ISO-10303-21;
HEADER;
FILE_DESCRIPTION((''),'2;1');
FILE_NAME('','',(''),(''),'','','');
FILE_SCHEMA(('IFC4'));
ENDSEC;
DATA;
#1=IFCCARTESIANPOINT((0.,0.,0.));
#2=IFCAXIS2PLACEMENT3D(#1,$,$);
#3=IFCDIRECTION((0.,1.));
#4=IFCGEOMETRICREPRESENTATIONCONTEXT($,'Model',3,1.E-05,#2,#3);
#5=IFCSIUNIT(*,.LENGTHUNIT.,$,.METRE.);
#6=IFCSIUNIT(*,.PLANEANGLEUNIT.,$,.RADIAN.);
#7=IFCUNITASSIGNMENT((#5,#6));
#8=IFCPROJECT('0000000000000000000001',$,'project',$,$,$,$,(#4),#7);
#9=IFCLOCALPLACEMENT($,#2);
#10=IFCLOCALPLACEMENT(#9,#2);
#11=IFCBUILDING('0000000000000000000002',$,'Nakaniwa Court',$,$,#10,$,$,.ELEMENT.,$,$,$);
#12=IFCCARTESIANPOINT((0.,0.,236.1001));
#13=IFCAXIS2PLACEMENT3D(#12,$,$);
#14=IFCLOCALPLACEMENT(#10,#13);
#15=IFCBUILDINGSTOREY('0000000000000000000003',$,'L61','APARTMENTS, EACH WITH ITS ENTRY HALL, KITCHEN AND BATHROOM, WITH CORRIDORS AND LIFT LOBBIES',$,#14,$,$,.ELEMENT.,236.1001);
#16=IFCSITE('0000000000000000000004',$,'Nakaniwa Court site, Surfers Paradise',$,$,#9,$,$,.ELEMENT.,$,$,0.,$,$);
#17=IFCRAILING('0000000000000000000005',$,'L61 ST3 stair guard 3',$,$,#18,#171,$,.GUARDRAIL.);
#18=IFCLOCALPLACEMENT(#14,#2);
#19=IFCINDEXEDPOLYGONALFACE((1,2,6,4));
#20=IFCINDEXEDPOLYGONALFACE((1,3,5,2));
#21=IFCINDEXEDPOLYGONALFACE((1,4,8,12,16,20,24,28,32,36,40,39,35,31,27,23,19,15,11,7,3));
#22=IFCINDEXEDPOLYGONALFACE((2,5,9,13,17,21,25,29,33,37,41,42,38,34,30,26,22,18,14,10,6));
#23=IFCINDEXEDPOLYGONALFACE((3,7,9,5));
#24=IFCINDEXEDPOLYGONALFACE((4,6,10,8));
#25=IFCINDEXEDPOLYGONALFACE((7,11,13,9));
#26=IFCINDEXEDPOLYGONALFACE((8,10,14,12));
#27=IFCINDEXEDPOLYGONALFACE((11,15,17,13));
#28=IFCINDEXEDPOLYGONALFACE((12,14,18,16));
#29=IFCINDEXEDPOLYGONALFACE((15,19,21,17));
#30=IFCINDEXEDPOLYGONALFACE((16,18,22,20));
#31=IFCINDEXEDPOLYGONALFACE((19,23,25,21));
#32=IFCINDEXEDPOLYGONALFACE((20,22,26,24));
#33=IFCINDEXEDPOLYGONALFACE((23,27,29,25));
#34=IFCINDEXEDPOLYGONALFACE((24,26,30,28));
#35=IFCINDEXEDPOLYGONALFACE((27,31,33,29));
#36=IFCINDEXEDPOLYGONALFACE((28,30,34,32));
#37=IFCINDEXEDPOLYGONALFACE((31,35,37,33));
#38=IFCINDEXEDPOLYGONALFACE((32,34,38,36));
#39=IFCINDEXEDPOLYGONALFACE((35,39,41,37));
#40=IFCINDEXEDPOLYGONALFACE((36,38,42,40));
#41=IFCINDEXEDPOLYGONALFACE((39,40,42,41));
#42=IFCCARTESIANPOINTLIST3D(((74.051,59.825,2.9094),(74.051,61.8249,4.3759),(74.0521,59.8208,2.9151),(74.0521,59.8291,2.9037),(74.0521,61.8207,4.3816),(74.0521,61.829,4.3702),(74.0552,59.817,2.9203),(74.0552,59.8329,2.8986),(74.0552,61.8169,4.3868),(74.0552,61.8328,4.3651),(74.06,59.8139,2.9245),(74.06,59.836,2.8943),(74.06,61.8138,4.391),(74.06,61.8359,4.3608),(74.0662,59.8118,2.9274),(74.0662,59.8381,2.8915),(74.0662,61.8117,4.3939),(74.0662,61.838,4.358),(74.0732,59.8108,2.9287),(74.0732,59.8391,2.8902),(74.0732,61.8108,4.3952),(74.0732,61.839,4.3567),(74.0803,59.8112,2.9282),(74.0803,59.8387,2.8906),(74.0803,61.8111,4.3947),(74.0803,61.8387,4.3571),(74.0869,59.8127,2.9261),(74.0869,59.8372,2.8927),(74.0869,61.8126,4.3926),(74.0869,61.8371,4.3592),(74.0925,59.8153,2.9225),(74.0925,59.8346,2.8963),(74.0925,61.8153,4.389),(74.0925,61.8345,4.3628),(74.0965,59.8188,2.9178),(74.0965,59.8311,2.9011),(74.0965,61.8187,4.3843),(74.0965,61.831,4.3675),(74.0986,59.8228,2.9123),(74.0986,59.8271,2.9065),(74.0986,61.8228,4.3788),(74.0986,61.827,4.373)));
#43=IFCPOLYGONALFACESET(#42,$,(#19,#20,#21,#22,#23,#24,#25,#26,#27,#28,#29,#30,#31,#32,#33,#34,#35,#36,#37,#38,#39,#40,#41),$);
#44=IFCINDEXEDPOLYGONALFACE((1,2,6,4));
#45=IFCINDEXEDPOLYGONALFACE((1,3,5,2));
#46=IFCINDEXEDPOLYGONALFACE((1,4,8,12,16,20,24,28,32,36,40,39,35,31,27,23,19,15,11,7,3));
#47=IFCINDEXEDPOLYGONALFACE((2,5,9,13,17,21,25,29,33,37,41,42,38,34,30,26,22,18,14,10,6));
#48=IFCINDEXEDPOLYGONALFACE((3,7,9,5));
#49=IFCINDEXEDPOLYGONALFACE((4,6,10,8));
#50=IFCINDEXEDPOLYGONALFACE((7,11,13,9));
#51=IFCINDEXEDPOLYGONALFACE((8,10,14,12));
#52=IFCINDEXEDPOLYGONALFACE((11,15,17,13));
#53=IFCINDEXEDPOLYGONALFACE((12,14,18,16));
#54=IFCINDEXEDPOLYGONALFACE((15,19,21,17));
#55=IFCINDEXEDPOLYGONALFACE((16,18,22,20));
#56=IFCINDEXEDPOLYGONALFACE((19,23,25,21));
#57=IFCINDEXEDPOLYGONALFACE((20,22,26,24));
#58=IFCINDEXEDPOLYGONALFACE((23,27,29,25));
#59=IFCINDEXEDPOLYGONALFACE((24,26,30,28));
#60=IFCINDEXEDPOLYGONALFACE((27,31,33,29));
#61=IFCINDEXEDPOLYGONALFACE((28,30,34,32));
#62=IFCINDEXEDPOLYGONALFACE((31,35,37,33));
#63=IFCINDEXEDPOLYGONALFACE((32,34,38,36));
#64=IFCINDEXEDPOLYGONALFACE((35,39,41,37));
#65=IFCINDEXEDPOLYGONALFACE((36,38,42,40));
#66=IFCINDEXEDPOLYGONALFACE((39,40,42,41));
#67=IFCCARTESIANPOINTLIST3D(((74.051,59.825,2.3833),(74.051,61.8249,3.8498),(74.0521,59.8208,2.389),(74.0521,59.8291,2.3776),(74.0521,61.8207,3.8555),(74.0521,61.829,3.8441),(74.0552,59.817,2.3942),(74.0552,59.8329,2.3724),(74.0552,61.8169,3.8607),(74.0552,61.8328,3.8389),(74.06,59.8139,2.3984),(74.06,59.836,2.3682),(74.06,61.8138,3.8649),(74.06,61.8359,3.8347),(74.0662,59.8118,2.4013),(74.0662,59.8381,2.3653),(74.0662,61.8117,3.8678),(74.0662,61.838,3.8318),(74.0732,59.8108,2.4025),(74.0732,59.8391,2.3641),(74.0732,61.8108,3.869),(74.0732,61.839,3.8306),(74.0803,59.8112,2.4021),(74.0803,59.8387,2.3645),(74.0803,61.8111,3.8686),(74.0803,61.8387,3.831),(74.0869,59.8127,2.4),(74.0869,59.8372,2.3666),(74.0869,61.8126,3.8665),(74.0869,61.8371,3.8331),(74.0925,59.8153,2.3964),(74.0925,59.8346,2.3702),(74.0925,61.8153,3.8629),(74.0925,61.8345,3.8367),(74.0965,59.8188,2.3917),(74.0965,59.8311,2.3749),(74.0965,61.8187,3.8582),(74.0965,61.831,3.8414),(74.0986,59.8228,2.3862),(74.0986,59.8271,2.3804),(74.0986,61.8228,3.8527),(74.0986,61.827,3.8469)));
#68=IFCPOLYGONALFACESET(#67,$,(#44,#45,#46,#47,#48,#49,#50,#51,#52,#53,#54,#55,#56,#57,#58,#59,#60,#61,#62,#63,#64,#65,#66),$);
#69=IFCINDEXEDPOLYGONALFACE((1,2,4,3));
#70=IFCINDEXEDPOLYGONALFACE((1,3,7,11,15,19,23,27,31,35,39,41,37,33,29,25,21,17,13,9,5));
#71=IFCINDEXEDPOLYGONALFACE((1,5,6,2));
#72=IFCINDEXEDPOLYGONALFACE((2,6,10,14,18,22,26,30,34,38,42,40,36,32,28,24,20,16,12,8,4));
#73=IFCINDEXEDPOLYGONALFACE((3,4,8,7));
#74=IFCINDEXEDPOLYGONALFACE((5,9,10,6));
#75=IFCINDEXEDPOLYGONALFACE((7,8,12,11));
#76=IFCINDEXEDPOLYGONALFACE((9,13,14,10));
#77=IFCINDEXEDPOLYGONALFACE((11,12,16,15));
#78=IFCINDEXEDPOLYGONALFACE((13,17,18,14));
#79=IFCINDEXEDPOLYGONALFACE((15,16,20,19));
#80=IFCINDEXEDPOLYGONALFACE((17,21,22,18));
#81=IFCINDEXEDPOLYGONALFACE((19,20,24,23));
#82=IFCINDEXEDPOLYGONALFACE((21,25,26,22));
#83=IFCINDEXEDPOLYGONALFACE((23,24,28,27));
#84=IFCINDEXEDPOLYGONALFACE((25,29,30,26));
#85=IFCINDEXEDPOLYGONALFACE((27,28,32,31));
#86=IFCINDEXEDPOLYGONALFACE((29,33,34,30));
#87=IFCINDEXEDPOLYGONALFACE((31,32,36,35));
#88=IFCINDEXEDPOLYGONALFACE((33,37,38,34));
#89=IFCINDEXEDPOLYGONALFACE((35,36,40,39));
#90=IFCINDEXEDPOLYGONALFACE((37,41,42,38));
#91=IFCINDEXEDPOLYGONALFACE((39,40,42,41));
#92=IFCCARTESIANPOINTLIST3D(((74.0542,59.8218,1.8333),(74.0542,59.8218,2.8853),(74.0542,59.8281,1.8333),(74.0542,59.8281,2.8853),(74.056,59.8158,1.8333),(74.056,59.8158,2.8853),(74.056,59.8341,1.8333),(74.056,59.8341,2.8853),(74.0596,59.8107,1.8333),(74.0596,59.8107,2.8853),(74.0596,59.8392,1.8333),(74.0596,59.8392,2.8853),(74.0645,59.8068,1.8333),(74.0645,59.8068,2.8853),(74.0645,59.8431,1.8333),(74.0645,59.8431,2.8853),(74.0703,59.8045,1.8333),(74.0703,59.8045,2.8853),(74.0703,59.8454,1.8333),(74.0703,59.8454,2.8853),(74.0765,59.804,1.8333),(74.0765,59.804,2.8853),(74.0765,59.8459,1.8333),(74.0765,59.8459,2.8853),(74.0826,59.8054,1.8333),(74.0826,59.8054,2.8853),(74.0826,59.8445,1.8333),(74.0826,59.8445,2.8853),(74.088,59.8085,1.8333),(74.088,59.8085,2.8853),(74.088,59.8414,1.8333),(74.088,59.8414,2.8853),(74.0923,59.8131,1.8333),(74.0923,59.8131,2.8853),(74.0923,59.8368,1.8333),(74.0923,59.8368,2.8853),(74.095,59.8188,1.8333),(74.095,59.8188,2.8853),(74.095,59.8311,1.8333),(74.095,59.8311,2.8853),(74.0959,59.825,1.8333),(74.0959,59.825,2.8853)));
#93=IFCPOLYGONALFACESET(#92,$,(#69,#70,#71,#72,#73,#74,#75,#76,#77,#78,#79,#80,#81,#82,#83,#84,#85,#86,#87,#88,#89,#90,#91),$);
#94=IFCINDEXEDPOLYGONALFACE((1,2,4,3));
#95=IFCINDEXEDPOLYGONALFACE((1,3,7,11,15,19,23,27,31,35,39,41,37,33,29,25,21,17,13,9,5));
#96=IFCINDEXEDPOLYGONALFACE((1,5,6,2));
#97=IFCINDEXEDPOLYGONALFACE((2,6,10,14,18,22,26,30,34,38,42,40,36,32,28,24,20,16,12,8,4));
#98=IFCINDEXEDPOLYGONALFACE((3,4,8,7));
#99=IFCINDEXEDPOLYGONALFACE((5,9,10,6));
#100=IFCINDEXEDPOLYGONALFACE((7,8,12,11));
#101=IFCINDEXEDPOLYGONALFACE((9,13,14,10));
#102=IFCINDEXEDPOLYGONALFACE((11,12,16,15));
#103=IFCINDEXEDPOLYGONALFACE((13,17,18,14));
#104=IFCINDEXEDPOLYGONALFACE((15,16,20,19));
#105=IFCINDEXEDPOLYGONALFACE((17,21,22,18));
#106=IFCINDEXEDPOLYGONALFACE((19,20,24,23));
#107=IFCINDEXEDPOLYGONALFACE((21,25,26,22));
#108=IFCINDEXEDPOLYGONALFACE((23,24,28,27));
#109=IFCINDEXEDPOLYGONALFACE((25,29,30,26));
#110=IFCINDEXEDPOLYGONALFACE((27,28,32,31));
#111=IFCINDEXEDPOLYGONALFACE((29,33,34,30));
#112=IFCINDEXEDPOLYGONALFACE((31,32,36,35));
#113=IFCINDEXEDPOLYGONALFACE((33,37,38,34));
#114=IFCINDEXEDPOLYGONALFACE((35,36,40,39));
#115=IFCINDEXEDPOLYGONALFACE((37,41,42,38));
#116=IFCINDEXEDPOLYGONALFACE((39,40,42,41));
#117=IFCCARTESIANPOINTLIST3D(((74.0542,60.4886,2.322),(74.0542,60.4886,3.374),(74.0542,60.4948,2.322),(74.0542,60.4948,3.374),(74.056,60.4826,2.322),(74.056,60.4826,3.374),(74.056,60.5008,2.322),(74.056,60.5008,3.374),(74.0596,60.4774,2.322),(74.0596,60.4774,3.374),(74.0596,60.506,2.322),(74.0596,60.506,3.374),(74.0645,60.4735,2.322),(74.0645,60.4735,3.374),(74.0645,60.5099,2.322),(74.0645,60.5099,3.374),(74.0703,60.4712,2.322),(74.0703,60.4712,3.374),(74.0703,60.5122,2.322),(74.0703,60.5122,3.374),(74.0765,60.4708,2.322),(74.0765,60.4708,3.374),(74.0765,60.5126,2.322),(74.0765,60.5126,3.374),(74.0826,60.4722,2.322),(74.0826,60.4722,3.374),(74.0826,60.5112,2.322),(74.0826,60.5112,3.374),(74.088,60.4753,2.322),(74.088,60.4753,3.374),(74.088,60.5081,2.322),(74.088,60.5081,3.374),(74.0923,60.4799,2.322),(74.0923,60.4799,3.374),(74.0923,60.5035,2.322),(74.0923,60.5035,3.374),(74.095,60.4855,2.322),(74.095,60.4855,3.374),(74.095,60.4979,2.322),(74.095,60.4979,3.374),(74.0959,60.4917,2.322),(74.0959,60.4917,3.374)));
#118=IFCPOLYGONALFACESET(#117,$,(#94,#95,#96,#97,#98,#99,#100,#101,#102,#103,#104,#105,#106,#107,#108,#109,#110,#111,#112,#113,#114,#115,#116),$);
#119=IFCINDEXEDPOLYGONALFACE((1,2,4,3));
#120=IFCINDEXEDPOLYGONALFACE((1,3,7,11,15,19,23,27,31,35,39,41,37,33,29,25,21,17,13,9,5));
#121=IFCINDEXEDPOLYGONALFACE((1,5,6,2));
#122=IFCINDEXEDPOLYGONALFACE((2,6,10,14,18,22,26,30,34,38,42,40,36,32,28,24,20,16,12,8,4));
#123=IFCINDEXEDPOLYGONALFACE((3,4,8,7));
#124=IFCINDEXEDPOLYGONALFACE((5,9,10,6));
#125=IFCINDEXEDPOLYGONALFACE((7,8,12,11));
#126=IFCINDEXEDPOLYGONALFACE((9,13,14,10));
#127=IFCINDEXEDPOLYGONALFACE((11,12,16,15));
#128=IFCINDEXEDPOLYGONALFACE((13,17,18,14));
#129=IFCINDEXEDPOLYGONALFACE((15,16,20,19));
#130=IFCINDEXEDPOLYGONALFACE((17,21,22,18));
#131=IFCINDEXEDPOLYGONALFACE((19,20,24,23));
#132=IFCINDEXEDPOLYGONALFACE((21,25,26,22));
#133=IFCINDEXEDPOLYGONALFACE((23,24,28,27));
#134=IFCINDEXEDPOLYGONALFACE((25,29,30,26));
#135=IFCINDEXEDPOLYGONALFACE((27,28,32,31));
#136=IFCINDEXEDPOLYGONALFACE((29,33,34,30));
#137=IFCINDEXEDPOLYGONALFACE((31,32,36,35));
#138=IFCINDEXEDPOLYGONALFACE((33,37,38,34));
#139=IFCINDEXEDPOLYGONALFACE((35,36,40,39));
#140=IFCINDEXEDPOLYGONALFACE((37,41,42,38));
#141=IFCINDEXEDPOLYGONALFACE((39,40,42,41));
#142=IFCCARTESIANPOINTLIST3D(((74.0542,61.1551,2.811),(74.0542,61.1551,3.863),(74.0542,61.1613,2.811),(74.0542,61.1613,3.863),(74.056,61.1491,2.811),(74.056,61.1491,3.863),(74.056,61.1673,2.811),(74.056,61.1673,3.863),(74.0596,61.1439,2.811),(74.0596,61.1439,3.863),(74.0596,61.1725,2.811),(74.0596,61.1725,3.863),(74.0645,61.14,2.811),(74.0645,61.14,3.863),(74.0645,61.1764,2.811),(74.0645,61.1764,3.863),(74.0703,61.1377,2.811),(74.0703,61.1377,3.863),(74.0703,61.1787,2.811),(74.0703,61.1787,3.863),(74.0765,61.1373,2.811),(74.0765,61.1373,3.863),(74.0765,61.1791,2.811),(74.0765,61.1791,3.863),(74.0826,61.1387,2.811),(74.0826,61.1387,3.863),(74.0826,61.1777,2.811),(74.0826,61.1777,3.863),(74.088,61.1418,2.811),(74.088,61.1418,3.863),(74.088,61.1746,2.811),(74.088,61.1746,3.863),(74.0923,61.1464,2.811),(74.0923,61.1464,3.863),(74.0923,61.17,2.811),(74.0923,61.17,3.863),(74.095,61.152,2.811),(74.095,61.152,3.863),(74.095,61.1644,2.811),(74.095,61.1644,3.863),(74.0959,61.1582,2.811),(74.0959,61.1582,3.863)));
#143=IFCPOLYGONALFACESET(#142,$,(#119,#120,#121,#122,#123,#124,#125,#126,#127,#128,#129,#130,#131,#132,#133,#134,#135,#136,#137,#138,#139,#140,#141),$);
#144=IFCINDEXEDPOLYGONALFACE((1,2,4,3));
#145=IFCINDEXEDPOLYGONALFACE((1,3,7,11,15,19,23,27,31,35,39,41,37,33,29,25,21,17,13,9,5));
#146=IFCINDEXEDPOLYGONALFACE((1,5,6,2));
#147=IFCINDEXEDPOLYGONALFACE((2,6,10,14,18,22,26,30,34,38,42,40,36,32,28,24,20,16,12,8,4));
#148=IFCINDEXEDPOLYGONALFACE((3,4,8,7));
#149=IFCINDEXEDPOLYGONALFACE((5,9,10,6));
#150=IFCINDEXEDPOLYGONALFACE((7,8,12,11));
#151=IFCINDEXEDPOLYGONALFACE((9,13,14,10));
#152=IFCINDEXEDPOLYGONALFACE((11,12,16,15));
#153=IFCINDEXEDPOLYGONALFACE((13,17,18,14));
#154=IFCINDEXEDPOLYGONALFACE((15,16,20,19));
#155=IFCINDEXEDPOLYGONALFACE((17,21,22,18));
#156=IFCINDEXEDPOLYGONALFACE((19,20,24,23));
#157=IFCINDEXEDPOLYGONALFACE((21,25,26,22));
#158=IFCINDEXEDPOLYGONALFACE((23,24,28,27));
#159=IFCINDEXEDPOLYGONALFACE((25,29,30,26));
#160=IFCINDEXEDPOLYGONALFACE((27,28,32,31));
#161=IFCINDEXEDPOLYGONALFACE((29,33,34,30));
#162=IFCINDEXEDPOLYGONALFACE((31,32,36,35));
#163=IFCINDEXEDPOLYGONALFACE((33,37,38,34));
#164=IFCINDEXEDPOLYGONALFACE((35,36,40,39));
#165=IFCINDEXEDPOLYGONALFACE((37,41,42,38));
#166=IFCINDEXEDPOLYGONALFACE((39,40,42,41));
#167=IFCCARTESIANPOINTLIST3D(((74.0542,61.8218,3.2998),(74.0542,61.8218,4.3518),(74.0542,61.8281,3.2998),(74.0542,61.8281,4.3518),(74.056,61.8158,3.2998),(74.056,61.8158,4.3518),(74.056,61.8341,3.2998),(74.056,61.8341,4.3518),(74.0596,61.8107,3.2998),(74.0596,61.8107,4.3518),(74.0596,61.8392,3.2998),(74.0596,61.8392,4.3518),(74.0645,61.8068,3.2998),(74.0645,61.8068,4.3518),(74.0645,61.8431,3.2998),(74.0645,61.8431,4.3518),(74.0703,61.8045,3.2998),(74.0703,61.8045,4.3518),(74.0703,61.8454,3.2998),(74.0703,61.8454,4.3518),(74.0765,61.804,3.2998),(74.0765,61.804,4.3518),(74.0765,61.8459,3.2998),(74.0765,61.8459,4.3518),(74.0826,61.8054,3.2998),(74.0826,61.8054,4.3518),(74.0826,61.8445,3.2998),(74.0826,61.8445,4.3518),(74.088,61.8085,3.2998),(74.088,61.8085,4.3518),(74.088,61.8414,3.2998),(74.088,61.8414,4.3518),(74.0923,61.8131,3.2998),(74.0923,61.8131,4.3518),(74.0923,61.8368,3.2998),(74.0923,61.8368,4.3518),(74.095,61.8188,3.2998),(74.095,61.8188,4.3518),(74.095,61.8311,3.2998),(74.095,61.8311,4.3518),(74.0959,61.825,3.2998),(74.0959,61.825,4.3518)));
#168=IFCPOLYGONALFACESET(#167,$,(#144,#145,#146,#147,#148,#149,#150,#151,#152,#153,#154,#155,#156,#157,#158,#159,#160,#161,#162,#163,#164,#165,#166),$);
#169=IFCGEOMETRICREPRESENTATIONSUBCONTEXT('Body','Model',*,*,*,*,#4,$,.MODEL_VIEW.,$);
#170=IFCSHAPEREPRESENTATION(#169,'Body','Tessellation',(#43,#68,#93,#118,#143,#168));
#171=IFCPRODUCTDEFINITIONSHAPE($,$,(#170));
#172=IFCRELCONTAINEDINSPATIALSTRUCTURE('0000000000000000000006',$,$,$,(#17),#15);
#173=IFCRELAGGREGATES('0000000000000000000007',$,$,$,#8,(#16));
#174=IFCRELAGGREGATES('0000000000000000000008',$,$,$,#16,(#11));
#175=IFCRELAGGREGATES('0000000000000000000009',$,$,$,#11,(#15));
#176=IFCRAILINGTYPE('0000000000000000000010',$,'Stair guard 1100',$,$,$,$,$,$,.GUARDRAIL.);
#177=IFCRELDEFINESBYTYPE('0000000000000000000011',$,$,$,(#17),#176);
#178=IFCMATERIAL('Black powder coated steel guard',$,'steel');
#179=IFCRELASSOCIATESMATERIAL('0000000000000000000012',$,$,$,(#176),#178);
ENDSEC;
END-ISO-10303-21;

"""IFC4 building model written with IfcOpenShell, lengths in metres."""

from ifc_helpers import new_model, si_unit, direction, frame, origin, origin_2d, place, context, subcontext, project, spatial, circle, extrude, material, type_object, element, save


model = new_model("IFC4")

# Units and contexts
model_context = context("Model", 3, precision=1e-05, world=origin(), true_north=direction((0.0, 1.0)))
body_context = subcontext(model_context, "Body", "Model", "MODEL_VIEW")
ifc_project = project(units=[si_unit("LENGTHUNIT", "METRE"), si_unit("PLANEANGLEUNIT", "RADIAN")], contexts=[model_context])

# Site, building, storey
site_placement = place(None, origin())
site = spatial("IfcSite", under=ifc_project, at=site_placement, Name="Nakaniwa Court site, Surfers Paradise", CompositionType="ELEMENT", RefElevation=0.0)
building_placement = place(site_placement, origin())
building = spatial("IfcBuilding", under=site, at=building_placement, Name="Nakaniwa Court", CompositionType="ELEMENT")
storey_placement = place(building_placement, frame((0.0, 0.0, 236.1001)))
storey = spatial("IfcBuildingStorey", under=building, at=storey_placement, Name="L61", Description="APARTMENTS, EACH WITH ITS ENTRY HALL, KITCHEN AND BATHROOM, WITH CORRIDORS AND LIFT LOBBIES", CompositionType="ELEMENT", Elevation=236.1001)

# Railing
ifc_material_1 = material(Name="Black powder coated steel guard", Category="steel")
railing_type_1 = type_object("IfcRailingType", Name="Stair guard 1100", PredefinedType="GUARDRAIL", material=ifc_material_1)
railing_1_placement = place(storey_placement, frame((74.075, 59.825, 1.8333)))
element("IfcRailing", 1, at=railing_1_placement, inside=storey, type_object=railing_type_1, Name="L61 ST3 stair guard 3", PredefinedType="GUARDRAIL", context=body_context, shape_type="SweptSolid", body=[
    extrude(circle(Radius=0.0239, at=origin_2d()), frame((0.0, 0.0, 1.0762), z_axis=(0.0, 0.806427, 0.591334), x_axis=(-1.0, 0.0, 0.0)), (0.0, 0.0, 1.0), 2.48),
    extrude(circle(Radius=0.0239, at=origin_2d()), frame((0.0, 0.0, 0.55), z_axis=(0.0, 0.806427, 0.591334), x_axis=(-1.0, 0.0, 0.0)), (0.0, 0.0, 1.0), 2.48),
    extrude(circle(Radius=0.021, at=origin_2d()), origin(), (0.0, 0.0, 1.0), 1.052),
    extrude(circle(Radius=0.021, at=origin_2d()), frame((0.0, 0.6667, 0.4888)), (0.0, 0.0, 1.0), 1.052),
    extrude(circle(Radius=0.021, at=origin_2d()), frame((0.0, 1.3333, 0.9778)), (0.0, 0.0, 1.0), 1.052),
    extrude(circle(Radius=0.021, at=origin_2d()), frame((0.0, 2.0, 1.4666)), (0.0, 0.0, 1.0), 1.052),
])

save(model, "model.ifc")
